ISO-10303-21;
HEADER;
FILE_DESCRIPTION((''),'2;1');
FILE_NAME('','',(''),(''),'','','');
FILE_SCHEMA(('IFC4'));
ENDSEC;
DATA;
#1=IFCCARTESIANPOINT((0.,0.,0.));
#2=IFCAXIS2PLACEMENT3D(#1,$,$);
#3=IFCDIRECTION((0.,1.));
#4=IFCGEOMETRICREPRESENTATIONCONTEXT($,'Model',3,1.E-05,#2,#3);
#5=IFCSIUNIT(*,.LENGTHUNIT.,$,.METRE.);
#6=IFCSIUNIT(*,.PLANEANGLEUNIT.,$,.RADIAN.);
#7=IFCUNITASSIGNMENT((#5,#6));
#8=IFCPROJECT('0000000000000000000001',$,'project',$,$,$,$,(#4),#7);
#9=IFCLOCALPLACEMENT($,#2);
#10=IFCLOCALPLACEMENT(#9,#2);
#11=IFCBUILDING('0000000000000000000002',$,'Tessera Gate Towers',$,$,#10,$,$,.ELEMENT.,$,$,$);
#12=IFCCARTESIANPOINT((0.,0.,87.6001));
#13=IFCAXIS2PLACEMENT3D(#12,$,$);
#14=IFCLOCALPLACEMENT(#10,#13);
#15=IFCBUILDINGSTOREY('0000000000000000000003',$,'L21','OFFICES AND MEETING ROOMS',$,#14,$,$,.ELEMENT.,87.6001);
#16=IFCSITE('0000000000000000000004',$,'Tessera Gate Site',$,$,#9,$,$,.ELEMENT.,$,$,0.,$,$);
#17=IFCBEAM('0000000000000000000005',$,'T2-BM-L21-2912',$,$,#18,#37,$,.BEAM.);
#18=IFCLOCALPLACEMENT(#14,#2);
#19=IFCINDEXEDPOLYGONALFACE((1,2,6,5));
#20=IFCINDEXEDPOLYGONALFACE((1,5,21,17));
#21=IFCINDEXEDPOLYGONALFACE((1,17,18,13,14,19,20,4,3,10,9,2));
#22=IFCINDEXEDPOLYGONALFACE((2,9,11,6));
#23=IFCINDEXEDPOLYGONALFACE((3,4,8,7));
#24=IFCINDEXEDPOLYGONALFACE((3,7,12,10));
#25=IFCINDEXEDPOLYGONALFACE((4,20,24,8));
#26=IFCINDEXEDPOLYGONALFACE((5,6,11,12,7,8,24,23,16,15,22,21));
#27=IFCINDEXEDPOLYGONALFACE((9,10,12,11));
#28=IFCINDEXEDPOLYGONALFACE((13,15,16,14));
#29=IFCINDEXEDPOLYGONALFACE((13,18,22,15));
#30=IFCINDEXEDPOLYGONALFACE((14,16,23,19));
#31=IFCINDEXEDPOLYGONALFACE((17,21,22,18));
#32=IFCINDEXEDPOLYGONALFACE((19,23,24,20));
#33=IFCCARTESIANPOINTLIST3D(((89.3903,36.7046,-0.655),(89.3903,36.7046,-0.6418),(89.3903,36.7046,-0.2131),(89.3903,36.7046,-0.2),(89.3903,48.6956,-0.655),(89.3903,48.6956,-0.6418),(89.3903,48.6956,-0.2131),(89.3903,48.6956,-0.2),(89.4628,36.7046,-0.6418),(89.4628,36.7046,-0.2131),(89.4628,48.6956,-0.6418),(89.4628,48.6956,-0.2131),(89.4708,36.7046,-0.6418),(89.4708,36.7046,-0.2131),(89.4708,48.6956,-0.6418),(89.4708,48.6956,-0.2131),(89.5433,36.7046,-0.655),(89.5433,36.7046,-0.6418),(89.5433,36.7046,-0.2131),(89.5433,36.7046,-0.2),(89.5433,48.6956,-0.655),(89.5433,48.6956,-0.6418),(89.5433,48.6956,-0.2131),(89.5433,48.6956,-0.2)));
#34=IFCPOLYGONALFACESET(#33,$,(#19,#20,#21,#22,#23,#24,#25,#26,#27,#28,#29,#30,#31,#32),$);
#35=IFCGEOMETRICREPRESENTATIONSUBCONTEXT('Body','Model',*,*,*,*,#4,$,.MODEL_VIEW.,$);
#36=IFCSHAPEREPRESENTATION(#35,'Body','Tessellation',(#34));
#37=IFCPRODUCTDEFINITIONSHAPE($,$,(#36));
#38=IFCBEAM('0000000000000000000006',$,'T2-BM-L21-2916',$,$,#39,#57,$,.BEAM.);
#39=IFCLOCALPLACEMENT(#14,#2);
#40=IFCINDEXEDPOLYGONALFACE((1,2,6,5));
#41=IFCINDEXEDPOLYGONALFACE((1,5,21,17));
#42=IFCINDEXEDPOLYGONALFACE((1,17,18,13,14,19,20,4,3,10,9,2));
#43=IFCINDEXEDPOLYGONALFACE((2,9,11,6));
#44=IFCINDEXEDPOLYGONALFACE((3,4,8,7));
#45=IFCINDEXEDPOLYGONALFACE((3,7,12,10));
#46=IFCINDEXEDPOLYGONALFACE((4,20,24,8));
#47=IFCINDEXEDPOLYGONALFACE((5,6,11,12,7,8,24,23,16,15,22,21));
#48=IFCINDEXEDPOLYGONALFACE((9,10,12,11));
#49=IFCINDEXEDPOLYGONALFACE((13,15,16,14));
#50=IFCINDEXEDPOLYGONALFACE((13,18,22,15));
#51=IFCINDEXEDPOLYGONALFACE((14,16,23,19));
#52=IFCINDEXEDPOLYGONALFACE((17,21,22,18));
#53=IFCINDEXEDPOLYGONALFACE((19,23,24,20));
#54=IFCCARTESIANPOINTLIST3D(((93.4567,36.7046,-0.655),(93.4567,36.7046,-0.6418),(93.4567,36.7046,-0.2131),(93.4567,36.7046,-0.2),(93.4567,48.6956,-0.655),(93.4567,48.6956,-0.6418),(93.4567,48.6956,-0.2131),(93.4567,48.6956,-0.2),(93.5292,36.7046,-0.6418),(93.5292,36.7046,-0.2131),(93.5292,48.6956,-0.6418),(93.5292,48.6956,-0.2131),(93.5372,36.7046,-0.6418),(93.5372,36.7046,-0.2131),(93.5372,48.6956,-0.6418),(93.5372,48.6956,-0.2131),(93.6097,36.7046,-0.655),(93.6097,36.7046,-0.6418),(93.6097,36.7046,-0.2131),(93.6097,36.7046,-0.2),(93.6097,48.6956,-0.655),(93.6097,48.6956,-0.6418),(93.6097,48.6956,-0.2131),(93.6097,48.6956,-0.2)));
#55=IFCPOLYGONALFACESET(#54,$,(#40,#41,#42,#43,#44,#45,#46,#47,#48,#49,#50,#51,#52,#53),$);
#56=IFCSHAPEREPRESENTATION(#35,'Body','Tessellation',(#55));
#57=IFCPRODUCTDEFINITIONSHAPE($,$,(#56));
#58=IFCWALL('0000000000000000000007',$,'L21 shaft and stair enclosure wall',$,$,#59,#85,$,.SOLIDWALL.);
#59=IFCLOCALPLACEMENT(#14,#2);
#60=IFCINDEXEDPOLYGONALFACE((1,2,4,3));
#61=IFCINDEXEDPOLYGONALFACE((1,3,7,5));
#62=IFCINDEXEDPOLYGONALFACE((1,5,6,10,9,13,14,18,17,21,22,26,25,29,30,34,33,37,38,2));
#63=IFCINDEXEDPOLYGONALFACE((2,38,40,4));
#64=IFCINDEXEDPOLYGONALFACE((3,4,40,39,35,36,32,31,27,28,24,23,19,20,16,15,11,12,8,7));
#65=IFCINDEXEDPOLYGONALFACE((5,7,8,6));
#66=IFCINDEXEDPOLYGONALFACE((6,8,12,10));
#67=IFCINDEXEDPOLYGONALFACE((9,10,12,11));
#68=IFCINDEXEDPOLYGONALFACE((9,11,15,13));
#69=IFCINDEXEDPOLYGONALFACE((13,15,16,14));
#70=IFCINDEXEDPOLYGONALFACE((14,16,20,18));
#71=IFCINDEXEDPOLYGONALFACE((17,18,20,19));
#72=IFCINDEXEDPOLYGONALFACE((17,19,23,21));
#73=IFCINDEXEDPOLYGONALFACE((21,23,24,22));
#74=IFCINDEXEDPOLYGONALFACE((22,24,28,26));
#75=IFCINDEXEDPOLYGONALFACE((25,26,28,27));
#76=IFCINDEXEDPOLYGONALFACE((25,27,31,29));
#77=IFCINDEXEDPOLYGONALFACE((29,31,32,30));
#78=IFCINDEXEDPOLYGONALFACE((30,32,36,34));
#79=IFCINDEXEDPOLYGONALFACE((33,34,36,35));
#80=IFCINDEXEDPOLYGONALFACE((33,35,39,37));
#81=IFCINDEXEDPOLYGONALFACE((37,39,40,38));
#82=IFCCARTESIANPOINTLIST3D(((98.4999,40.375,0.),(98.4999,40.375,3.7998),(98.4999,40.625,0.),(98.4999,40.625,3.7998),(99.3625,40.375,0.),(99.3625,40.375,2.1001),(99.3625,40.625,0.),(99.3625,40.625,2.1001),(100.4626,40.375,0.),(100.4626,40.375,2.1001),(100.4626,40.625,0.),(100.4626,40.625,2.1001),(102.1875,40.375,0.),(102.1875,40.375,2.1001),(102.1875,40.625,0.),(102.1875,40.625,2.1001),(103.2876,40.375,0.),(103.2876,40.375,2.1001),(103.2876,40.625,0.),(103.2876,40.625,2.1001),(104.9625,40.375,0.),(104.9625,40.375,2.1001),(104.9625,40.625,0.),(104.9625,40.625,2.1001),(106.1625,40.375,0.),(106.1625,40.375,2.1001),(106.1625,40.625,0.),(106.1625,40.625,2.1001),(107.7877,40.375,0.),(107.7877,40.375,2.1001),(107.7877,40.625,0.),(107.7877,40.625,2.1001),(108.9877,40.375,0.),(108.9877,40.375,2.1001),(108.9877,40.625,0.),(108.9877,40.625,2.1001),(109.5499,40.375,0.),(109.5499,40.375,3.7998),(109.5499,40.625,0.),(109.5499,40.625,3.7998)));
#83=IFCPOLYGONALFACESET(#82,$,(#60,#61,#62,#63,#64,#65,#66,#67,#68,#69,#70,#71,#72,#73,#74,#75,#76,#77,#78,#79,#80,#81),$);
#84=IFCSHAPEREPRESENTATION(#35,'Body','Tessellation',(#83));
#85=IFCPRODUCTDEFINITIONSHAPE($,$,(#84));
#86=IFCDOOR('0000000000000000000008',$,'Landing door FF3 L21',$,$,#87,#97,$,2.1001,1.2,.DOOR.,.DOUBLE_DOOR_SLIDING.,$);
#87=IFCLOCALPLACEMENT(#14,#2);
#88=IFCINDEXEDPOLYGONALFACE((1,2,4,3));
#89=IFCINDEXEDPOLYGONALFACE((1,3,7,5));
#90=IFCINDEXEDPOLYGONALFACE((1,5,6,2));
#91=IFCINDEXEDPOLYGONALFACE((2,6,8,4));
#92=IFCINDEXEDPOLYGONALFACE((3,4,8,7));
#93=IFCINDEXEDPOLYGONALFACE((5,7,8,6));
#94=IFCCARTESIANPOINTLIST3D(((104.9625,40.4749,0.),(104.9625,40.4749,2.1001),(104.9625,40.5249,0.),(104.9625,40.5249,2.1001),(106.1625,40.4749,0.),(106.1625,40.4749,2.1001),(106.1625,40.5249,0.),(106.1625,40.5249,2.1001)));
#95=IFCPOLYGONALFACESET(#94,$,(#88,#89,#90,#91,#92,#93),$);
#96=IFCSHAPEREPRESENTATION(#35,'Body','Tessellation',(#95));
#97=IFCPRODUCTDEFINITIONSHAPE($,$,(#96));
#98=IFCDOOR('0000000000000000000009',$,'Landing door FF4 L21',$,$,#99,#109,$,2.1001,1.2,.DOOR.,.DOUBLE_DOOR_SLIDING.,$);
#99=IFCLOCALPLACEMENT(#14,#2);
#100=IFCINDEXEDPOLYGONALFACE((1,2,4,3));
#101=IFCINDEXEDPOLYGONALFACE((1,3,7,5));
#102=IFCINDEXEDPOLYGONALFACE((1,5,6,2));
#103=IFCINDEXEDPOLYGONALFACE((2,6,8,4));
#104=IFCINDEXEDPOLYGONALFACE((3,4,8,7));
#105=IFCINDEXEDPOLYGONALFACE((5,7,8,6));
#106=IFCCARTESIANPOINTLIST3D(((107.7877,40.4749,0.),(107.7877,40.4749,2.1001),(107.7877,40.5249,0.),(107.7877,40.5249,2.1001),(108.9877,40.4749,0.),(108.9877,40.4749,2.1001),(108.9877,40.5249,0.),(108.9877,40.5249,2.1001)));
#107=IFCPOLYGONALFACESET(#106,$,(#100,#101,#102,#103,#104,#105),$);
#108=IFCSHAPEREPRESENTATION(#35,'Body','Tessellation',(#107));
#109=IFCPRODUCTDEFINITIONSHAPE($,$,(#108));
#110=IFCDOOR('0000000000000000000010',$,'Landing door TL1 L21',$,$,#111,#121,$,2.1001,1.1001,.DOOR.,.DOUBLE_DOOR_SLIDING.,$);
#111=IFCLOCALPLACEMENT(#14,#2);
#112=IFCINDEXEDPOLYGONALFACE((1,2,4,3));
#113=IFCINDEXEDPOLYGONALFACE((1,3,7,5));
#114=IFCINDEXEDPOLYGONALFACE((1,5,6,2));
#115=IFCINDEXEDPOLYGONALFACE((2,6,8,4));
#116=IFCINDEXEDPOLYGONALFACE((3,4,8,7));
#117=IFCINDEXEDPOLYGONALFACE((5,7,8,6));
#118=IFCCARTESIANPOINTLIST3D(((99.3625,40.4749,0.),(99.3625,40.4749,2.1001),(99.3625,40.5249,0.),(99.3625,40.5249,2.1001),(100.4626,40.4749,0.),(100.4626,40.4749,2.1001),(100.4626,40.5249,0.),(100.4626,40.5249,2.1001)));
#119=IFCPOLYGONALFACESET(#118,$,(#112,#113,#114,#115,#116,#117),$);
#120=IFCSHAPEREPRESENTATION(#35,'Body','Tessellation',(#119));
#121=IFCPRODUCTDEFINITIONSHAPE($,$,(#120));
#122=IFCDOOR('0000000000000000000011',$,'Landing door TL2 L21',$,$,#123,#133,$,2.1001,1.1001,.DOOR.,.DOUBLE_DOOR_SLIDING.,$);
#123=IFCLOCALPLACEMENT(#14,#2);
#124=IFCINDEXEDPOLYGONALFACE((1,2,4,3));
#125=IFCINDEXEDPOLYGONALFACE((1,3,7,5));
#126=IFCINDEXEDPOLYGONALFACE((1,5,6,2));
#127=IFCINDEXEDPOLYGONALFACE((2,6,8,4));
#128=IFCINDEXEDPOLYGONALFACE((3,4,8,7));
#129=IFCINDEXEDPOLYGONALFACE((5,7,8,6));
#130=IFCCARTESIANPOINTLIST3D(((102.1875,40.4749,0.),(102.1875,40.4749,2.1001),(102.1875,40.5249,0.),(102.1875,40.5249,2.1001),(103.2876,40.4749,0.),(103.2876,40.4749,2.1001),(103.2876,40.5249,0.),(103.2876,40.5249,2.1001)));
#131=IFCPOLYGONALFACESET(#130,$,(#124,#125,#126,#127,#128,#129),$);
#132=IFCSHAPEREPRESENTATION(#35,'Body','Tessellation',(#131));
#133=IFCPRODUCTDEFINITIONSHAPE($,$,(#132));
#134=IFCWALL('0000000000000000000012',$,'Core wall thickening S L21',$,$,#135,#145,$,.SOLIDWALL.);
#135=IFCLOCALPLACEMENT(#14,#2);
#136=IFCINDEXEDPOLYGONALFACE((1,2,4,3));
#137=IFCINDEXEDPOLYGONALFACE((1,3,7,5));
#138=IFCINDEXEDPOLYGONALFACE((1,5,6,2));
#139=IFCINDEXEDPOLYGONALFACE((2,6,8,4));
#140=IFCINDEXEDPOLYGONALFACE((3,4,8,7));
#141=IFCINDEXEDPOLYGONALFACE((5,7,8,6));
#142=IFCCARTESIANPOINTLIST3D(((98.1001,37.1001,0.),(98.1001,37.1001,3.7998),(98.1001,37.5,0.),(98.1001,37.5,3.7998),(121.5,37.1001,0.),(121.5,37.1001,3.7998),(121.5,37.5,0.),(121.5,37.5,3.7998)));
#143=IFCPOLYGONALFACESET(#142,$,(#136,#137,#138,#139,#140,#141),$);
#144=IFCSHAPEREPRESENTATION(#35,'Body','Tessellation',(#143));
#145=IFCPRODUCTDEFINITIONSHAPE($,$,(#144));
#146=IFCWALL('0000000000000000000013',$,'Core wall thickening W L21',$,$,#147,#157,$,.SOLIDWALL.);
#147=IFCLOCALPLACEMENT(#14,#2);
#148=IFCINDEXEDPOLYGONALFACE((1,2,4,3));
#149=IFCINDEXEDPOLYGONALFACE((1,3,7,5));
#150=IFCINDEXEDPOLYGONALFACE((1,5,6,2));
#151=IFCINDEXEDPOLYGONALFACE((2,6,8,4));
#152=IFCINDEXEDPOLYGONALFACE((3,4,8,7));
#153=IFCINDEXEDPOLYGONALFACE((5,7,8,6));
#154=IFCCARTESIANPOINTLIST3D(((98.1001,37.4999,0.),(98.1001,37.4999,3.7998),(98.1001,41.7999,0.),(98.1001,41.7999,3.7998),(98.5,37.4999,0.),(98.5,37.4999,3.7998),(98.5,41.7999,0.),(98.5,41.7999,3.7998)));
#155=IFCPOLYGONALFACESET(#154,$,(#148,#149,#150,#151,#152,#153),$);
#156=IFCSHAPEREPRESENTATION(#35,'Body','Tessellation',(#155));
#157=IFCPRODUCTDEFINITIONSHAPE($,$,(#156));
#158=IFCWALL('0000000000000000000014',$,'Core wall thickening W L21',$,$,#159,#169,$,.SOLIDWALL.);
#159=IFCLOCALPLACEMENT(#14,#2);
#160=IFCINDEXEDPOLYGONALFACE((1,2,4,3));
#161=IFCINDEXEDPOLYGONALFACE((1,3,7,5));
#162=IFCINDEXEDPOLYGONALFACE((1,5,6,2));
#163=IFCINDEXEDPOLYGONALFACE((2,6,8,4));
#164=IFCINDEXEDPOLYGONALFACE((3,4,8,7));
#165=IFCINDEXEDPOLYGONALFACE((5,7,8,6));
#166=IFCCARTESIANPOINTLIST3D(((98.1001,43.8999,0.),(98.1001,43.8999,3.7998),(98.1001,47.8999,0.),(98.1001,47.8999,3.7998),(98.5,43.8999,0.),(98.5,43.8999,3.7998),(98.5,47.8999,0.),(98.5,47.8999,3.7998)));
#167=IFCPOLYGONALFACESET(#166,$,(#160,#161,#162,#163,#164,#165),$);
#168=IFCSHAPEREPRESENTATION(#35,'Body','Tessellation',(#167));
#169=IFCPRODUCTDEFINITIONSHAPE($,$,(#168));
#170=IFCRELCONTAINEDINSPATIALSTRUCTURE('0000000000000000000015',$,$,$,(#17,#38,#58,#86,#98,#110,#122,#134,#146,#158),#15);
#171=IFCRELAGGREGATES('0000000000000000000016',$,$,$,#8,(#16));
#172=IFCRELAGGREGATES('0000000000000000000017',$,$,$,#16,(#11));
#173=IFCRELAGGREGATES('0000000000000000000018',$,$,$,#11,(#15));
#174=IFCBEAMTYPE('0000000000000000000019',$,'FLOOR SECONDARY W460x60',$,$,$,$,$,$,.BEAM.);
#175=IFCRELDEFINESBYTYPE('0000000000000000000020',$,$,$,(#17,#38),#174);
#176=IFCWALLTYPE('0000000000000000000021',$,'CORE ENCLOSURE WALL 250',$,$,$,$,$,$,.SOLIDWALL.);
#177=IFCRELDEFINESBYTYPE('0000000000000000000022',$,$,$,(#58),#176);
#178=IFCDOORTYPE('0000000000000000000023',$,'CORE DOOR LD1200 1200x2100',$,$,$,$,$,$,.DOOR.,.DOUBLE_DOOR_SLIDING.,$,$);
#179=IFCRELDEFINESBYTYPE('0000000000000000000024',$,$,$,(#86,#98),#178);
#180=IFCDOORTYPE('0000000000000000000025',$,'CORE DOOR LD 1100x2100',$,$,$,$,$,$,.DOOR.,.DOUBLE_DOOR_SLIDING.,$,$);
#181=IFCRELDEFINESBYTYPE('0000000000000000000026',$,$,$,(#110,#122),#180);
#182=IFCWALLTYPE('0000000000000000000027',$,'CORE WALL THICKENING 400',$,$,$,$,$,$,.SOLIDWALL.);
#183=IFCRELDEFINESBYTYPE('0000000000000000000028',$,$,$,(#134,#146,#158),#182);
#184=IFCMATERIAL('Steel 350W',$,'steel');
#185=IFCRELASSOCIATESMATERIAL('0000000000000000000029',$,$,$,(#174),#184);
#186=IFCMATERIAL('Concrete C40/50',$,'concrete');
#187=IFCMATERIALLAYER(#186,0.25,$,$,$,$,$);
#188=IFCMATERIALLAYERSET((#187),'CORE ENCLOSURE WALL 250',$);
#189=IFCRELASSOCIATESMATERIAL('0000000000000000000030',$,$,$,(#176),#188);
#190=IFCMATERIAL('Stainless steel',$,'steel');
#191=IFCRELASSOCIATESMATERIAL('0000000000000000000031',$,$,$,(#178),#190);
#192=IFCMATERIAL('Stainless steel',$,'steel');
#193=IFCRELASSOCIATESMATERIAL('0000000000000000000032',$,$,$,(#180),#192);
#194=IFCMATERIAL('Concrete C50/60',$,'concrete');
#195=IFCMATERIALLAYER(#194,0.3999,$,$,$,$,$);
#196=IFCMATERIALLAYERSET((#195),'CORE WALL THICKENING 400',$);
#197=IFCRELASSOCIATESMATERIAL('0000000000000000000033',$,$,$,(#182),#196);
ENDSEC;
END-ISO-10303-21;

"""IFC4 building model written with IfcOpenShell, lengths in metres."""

from ifc_helpers import new_model, si_unit, direction, frame, frame_2d, origin, origin_2d, place, context, subcontext, project, spatial, rectangle, i_section, extrude, source, transform, mapped, material, layer, layer_set, material_profile, profile_set, type_object, element, fill, save


model = new_model("IFC4")

# Units and contexts
model_context = context("Model", 3, precision=1e-05, world=origin(), true_north=direction((0.0, 1.0)))
body_context = subcontext(model_context, "Body", "Model", "MODEL_VIEW")
ifc_project = project(units=[si_unit("LENGTHUNIT", "METRE"), si_unit("PLANEANGLEUNIT", "RADIAN")], contexts=[model_context])

# Site, building, storey
site_placement = place(None, origin())
site = spatial("IfcSite", under=ifc_project, at=site_placement, Name="Tessera Gate Site", CompositionType="ELEMENT", RefElevation=0.0)
building_placement = place(site_placement, origin())
building = spatial("IfcBuilding", under=site, at=building_placement, Name="Tessera Gate Towers", CompositionType="ELEMENT")
storey_placement = place(building_placement, frame((0.0, 0.0, 87.6001)))
storey = spatial("IfcBuildingStorey", under=building, at=storey_placement, Name="L21", Description="OFFICES AND MEETING ROOMS", CompositionType="ELEMENT", Elevation=87.6001)

# Beams
ifc_material_1 = material(Name="Steel 350W", Category="steel")
ifc_material_profile = material_profile(ifc_material_1, i_section(OverallWidth=0.1531, OverallDepth=0.4551, WebThickness=0.0081, FlangeThickness=0.0132, at=origin_2d()), Name="W460x60")
ifc_profile_set = profile_set([ifc_material_profile], Name="Steel 350W")
beam_type = type_object("IfcBeamType", Name="FLOOR SECONDARY W460x60", PredefinedType="BEAM", material=ifc_profile_set)
for number, where, z_axis, x_axis, name in (
    (1, (89.4668, 36.7046, -0.4275), (0.0, 1.0, 0.0), (-1.0, 0.0, 0.0), "T2-BM-L21-2912"),
    (2, (93.5332, 36.7046, -0.4275), (0.0, 1.0, 0.0), (-1.0, 0.0, 0.0), "T2-BM-L21-2916"),
):
    element("IfcBeam", number, at=place(storey_placement, frame(where, z_axis=z_axis, x_axis=x_axis)), inside=storey, type_object=beam_type, Name=name, PredefinedType="BEAM", context=body_context, shape_type="SweptSolid", body=[
        extrude(i_section(OverallWidth=0.1531, OverallDepth=0.4551, WebThickness=0.0081, FlangeThickness=0.0132, at=origin_2d()), origin(), (0.0, 0.0, 1.0), 11.991),
    ])

# Wall, openings, doors
ifc_material_2 = material(Name="Concrete C40/50", Category="concrete")
ifc_layer_1 = layer(ifc_material_2, 0.25)
ifc_layer_set_1 = layer_set([ifc_layer_1], Name="CORE ENCLOSURE WALL 250")
wall_type_1 = type_object("IfcWallType", Name="CORE ENCLOSURE WALL 250", PredefinedType="SOLIDWALL", material=ifc_layer_set_1)
wall_1_placement = place(storey_placement, frame((98.5, 40.5, 0.0), z_axis=(0.0, 0.0, 1.0), x_axis=(1.0, 0.0, 0.0)))
wall_1 = element("IfcWall", 3, at=wall_1_placement, inside=storey, type_object=wall_type_1, Name="L21 shaft and stair enclosure wall", PredefinedType="SOLIDWALL", context=body_context, shape_type="SweptSolid", body=[
    extrude(rectangle(XDim=11.05, YDim=0.25, at=frame_2d((5.5249, 0.0))), origin(), (0.0, 0.0, 1.0), 3.7998),
])
shared_shape_1 = source(origin(), body_context, "Body", "SweptSolid", [
    extrude(rectangle(XDim=1.1001, YDim=2.1001, at=frame_2d((0.55, 1.05))), frame((0.0, 0.135, 0.0), z_axis=(0.0, -1.0, 0.0), x_axis=(1.0, 0.0, 0.0)), (0.0, 0.0, 1.0), 0.27),
])
opening_1_placement = place(wall_1_placement, frame((0.8625, 0.0, 0.0)))
opening_1 = element("IfcOpeningElement", 4, at=opening_1_placement, cuts=wall_1, PredefinedType="OPENING", context=body_context, shape_type="MappedRepresentation", body=[
    mapped(shared_shape_1, transform((0.0, 0.0, 0.0), scale=1.0)),
])
opening_2_placement = place(wall_1_placement, frame((3.6875, 0.0, 0.0)))
opening_2 = element("IfcOpeningElement", 5, at=opening_2_placement, cuts=wall_1, PredefinedType="OPENING", context=body_context, shape_type="MappedRepresentation", body=[
    mapped(shared_shape_1, transform((0.0, 0.0, 0.0), scale=1.0)),
])
shared_shape_2 = source(origin(), body_context, "Body", "SweptSolid", [
    extrude(rectangle(XDim=1.2, YDim=2.1001, at=frame_2d((0.6001, 1.05))), frame((0.0, 0.135, 0.0), z_axis=(0.0, -1.0, 0.0), x_axis=(1.0, 0.0, 0.0)), (0.0, 0.0, 1.0), 0.27),
])
opening_3_placement = place(wall_1_placement, frame((6.4624, 0.0, 0.0)))
opening_3 = element("IfcOpeningElement", 6, at=opening_3_placement, cuts=wall_1, PredefinedType="OPENING", context=body_context, shape_type="MappedRepresentation", body=[
    mapped(shared_shape_2, transform((0.0, 0.0, 0.0), scale=1.0)),
])
opening_4_placement = place(wall_1_placement, frame((9.2876, 0.0, 0.0)))
opening_4 = element("IfcOpeningElement", 7, at=opening_4_placement, cuts=wall_1, PredefinedType="OPENING", context=body_context, shape_type="MappedRepresentation", body=[
    mapped(shared_shape_2, transform((0.0, 0.0, 0.0), scale=1.0)),
])
ifc_material_3 = material(Name="Stainless steel", Category="steel")
door_type_1 = type_object("IfcDoorType", Name="CORE DOOR LD1200 1200x2100", OperationType="DOUBLE_DOOR_SLIDING", PredefinedType="DOOR", material=ifc_material_3)
shared_shape_3 = source(origin(), body_context, "Body", "SweptSolid", [
    extrude(rectangle(XDim=1.2, YDim=2.1001, at=frame_2d((0.6001, 1.05))), frame((0.0, 0.0249, 0.0), z_axis=(0.0, -1.0, 0.0), x_axis=(1.0, 0.0, 0.0)), (0.0, 0.0, 1.0), 0.05),
])
door_1_placement = place(opening_3_placement, origin())
door_1 = element("IfcDoor", 8, at=door_1_placement, inside=storey, type_object=door_type_1, Name="Landing door FF3 L21", OperationType="DOUBLE_DOOR_SLIDING", OverallHeight=2.1001, OverallWidth=1.2, PredefinedType="DOOR", context=body_context, shape_type="MappedRepresentation", body=[
    mapped(shared_shape_3, transform((0.0, 0.0, 0.0), scale=1.0)),
])
fill(opening_3, door_1)
door_2_placement = place(opening_4_placement, origin())
door_2 = element("IfcDoor", 9, at=door_2_placement, inside=storey, type_object=door_type_1, Name="Landing door FF4 L21", OperationType="DOUBLE_DOOR_SLIDING", OverallHeight=2.1001, OverallWidth=1.2, PredefinedType="DOOR", context=body_context, shape_type="MappedRepresentation", body=[
    mapped(shared_shape_3, transform((0.0, 0.0, 0.0), scale=1.0)),
])
fill(opening_4, door_2)
ifc_material_4 = material(Name="Stainless steel", Category="steel")
door_type_2 = type_object("IfcDoorType", Name="CORE DOOR LD 1100x2100", OperationType="DOUBLE_DOOR_SLIDING", PredefinedType="DOOR", material=ifc_material_4)
shared_shape_4 = source(origin(), body_context, "Body", "SweptSolid", [
    extrude(rectangle(XDim=1.1001, YDim=2.1001, at=frame_2d((0.55, 1.05))), frame((0.0, 0.0249, 0.0), z_axis=(0.0, -1.0, 0.0), x_axis=(1.0, 0.0, 0.0)), (0.0, 0.0, 1.0), 0.05),
])
door_3_placement = place(opening_1_placement, origin())
door_3 = element("IfcDoor", 10, at=door_3_placement, inside=storey, type_object=door_type_2, Name="Landing door TL1 L21", OperationType="DOUBLE_DOOR_SLIDING", OverallHeight=2.1001, OverallWidth=1.1001, PredefinedType="DOOR", context=body_context, shape_type="MappedRepresentation", body=[
    mapped(shared_shape_4, transform((0.0, 0.0, 0.0), scale=1.0)),
])
fill(opening_1, door_3)
door_4_placement = place(opening_2_placement, origin())
door_4 = element("IfcDoor", 11, at=door_4_placement, inside=storey, type_object=door_type_2, Name="Landing door TL2 L21", OperationType="DOUBLE_DOOR_SLIDING", OverallHeight=2.1001, OverallWidth=1.1001, PredefinedType="DOOR", context=body_context, shape_type="MappedRepresentation", body=[
    mapped(shared_shape_4, transform((0.0, 0.0, 0.0), scale=1.0)),
])
fill(opening_2, door_4)

# Walls
ifc_material_5 = material(Name="Concrete C50/60", Category="concrete")
ifc_layer_2 = layer(ifc_material_5, 0.3999)
ifc_layer_set_2 = layer_set([ifc_layer_2], Name="CORE WALL THICKENING 400")
wall_type_2 = type_object("IfcWallType", Name="CORE WALL THICKENING 400", PredefinedType="SOLIDWALL", material=ifc_layer_set_2)
wall_2_placement = place(storey_placement, frame((98.1001, 37.3, 0.0), z_axis=(0.0, 0.0, 1.0), x_axis=(1.0, 0.0, 0.0)))
element("IfcWall", 12, at=wall_2_placement, inside=storey, type_object=wall_type_2, Name="Core wall thickening S L21", PredefinedType="SOLIDWALL", context=body_context, shape_type="SweptSolid", body=[
    extrude(rectangle(XDim=23.3999, YDim=0.3999, at=frame_2d((11.7, 0.0))), origin(), (0.0, 0.0, 1.0), 3.7998),
])
wall_3_placement = place(storey_placement, frame((98.3, 37.5, 0.0), z_axis=(0.0, 0.0, 1.0), x_axis=(0.0, 1.0, 0.0)))
element("IfcWall", 13, at=wall_3_placement, inside=storey, type_object=wall_type_2, Name="Core wall thickening W L21", PredefinedType="SOLIDWALL", context=body_context, shape_type="SweptSolid", body=[
    extrude(rectangle(XDim=4.3, YDim=0.3999, at=frame_2d((2.1499, 0.0))), origin(), (0.0, 0.0, 1.0), 3.7998),
])
wall_4_placement = place(storey_placement, frame((98.3, 43.8999, 0.0), z_axis=(0.0, 0.0, 1.0), x_axis=(0.0, 1.0, 0.0)))
element("IfcWall", 14, at=wall_4_placement, inside=storey, type_object=wall_type_2, Name="Core wall thickening W L21", PredefinedType="SOLIDWALL", context=body_context, shape_type="SweptSolid", body=[
    extrude(rectangle(XDim=4.0, YDim=0.3999, at=frame_2d((2.0, 0.0))), origin(), (0.0, 0.0, 1.0), 3.7998),
])

save(model, "model.ifc")
